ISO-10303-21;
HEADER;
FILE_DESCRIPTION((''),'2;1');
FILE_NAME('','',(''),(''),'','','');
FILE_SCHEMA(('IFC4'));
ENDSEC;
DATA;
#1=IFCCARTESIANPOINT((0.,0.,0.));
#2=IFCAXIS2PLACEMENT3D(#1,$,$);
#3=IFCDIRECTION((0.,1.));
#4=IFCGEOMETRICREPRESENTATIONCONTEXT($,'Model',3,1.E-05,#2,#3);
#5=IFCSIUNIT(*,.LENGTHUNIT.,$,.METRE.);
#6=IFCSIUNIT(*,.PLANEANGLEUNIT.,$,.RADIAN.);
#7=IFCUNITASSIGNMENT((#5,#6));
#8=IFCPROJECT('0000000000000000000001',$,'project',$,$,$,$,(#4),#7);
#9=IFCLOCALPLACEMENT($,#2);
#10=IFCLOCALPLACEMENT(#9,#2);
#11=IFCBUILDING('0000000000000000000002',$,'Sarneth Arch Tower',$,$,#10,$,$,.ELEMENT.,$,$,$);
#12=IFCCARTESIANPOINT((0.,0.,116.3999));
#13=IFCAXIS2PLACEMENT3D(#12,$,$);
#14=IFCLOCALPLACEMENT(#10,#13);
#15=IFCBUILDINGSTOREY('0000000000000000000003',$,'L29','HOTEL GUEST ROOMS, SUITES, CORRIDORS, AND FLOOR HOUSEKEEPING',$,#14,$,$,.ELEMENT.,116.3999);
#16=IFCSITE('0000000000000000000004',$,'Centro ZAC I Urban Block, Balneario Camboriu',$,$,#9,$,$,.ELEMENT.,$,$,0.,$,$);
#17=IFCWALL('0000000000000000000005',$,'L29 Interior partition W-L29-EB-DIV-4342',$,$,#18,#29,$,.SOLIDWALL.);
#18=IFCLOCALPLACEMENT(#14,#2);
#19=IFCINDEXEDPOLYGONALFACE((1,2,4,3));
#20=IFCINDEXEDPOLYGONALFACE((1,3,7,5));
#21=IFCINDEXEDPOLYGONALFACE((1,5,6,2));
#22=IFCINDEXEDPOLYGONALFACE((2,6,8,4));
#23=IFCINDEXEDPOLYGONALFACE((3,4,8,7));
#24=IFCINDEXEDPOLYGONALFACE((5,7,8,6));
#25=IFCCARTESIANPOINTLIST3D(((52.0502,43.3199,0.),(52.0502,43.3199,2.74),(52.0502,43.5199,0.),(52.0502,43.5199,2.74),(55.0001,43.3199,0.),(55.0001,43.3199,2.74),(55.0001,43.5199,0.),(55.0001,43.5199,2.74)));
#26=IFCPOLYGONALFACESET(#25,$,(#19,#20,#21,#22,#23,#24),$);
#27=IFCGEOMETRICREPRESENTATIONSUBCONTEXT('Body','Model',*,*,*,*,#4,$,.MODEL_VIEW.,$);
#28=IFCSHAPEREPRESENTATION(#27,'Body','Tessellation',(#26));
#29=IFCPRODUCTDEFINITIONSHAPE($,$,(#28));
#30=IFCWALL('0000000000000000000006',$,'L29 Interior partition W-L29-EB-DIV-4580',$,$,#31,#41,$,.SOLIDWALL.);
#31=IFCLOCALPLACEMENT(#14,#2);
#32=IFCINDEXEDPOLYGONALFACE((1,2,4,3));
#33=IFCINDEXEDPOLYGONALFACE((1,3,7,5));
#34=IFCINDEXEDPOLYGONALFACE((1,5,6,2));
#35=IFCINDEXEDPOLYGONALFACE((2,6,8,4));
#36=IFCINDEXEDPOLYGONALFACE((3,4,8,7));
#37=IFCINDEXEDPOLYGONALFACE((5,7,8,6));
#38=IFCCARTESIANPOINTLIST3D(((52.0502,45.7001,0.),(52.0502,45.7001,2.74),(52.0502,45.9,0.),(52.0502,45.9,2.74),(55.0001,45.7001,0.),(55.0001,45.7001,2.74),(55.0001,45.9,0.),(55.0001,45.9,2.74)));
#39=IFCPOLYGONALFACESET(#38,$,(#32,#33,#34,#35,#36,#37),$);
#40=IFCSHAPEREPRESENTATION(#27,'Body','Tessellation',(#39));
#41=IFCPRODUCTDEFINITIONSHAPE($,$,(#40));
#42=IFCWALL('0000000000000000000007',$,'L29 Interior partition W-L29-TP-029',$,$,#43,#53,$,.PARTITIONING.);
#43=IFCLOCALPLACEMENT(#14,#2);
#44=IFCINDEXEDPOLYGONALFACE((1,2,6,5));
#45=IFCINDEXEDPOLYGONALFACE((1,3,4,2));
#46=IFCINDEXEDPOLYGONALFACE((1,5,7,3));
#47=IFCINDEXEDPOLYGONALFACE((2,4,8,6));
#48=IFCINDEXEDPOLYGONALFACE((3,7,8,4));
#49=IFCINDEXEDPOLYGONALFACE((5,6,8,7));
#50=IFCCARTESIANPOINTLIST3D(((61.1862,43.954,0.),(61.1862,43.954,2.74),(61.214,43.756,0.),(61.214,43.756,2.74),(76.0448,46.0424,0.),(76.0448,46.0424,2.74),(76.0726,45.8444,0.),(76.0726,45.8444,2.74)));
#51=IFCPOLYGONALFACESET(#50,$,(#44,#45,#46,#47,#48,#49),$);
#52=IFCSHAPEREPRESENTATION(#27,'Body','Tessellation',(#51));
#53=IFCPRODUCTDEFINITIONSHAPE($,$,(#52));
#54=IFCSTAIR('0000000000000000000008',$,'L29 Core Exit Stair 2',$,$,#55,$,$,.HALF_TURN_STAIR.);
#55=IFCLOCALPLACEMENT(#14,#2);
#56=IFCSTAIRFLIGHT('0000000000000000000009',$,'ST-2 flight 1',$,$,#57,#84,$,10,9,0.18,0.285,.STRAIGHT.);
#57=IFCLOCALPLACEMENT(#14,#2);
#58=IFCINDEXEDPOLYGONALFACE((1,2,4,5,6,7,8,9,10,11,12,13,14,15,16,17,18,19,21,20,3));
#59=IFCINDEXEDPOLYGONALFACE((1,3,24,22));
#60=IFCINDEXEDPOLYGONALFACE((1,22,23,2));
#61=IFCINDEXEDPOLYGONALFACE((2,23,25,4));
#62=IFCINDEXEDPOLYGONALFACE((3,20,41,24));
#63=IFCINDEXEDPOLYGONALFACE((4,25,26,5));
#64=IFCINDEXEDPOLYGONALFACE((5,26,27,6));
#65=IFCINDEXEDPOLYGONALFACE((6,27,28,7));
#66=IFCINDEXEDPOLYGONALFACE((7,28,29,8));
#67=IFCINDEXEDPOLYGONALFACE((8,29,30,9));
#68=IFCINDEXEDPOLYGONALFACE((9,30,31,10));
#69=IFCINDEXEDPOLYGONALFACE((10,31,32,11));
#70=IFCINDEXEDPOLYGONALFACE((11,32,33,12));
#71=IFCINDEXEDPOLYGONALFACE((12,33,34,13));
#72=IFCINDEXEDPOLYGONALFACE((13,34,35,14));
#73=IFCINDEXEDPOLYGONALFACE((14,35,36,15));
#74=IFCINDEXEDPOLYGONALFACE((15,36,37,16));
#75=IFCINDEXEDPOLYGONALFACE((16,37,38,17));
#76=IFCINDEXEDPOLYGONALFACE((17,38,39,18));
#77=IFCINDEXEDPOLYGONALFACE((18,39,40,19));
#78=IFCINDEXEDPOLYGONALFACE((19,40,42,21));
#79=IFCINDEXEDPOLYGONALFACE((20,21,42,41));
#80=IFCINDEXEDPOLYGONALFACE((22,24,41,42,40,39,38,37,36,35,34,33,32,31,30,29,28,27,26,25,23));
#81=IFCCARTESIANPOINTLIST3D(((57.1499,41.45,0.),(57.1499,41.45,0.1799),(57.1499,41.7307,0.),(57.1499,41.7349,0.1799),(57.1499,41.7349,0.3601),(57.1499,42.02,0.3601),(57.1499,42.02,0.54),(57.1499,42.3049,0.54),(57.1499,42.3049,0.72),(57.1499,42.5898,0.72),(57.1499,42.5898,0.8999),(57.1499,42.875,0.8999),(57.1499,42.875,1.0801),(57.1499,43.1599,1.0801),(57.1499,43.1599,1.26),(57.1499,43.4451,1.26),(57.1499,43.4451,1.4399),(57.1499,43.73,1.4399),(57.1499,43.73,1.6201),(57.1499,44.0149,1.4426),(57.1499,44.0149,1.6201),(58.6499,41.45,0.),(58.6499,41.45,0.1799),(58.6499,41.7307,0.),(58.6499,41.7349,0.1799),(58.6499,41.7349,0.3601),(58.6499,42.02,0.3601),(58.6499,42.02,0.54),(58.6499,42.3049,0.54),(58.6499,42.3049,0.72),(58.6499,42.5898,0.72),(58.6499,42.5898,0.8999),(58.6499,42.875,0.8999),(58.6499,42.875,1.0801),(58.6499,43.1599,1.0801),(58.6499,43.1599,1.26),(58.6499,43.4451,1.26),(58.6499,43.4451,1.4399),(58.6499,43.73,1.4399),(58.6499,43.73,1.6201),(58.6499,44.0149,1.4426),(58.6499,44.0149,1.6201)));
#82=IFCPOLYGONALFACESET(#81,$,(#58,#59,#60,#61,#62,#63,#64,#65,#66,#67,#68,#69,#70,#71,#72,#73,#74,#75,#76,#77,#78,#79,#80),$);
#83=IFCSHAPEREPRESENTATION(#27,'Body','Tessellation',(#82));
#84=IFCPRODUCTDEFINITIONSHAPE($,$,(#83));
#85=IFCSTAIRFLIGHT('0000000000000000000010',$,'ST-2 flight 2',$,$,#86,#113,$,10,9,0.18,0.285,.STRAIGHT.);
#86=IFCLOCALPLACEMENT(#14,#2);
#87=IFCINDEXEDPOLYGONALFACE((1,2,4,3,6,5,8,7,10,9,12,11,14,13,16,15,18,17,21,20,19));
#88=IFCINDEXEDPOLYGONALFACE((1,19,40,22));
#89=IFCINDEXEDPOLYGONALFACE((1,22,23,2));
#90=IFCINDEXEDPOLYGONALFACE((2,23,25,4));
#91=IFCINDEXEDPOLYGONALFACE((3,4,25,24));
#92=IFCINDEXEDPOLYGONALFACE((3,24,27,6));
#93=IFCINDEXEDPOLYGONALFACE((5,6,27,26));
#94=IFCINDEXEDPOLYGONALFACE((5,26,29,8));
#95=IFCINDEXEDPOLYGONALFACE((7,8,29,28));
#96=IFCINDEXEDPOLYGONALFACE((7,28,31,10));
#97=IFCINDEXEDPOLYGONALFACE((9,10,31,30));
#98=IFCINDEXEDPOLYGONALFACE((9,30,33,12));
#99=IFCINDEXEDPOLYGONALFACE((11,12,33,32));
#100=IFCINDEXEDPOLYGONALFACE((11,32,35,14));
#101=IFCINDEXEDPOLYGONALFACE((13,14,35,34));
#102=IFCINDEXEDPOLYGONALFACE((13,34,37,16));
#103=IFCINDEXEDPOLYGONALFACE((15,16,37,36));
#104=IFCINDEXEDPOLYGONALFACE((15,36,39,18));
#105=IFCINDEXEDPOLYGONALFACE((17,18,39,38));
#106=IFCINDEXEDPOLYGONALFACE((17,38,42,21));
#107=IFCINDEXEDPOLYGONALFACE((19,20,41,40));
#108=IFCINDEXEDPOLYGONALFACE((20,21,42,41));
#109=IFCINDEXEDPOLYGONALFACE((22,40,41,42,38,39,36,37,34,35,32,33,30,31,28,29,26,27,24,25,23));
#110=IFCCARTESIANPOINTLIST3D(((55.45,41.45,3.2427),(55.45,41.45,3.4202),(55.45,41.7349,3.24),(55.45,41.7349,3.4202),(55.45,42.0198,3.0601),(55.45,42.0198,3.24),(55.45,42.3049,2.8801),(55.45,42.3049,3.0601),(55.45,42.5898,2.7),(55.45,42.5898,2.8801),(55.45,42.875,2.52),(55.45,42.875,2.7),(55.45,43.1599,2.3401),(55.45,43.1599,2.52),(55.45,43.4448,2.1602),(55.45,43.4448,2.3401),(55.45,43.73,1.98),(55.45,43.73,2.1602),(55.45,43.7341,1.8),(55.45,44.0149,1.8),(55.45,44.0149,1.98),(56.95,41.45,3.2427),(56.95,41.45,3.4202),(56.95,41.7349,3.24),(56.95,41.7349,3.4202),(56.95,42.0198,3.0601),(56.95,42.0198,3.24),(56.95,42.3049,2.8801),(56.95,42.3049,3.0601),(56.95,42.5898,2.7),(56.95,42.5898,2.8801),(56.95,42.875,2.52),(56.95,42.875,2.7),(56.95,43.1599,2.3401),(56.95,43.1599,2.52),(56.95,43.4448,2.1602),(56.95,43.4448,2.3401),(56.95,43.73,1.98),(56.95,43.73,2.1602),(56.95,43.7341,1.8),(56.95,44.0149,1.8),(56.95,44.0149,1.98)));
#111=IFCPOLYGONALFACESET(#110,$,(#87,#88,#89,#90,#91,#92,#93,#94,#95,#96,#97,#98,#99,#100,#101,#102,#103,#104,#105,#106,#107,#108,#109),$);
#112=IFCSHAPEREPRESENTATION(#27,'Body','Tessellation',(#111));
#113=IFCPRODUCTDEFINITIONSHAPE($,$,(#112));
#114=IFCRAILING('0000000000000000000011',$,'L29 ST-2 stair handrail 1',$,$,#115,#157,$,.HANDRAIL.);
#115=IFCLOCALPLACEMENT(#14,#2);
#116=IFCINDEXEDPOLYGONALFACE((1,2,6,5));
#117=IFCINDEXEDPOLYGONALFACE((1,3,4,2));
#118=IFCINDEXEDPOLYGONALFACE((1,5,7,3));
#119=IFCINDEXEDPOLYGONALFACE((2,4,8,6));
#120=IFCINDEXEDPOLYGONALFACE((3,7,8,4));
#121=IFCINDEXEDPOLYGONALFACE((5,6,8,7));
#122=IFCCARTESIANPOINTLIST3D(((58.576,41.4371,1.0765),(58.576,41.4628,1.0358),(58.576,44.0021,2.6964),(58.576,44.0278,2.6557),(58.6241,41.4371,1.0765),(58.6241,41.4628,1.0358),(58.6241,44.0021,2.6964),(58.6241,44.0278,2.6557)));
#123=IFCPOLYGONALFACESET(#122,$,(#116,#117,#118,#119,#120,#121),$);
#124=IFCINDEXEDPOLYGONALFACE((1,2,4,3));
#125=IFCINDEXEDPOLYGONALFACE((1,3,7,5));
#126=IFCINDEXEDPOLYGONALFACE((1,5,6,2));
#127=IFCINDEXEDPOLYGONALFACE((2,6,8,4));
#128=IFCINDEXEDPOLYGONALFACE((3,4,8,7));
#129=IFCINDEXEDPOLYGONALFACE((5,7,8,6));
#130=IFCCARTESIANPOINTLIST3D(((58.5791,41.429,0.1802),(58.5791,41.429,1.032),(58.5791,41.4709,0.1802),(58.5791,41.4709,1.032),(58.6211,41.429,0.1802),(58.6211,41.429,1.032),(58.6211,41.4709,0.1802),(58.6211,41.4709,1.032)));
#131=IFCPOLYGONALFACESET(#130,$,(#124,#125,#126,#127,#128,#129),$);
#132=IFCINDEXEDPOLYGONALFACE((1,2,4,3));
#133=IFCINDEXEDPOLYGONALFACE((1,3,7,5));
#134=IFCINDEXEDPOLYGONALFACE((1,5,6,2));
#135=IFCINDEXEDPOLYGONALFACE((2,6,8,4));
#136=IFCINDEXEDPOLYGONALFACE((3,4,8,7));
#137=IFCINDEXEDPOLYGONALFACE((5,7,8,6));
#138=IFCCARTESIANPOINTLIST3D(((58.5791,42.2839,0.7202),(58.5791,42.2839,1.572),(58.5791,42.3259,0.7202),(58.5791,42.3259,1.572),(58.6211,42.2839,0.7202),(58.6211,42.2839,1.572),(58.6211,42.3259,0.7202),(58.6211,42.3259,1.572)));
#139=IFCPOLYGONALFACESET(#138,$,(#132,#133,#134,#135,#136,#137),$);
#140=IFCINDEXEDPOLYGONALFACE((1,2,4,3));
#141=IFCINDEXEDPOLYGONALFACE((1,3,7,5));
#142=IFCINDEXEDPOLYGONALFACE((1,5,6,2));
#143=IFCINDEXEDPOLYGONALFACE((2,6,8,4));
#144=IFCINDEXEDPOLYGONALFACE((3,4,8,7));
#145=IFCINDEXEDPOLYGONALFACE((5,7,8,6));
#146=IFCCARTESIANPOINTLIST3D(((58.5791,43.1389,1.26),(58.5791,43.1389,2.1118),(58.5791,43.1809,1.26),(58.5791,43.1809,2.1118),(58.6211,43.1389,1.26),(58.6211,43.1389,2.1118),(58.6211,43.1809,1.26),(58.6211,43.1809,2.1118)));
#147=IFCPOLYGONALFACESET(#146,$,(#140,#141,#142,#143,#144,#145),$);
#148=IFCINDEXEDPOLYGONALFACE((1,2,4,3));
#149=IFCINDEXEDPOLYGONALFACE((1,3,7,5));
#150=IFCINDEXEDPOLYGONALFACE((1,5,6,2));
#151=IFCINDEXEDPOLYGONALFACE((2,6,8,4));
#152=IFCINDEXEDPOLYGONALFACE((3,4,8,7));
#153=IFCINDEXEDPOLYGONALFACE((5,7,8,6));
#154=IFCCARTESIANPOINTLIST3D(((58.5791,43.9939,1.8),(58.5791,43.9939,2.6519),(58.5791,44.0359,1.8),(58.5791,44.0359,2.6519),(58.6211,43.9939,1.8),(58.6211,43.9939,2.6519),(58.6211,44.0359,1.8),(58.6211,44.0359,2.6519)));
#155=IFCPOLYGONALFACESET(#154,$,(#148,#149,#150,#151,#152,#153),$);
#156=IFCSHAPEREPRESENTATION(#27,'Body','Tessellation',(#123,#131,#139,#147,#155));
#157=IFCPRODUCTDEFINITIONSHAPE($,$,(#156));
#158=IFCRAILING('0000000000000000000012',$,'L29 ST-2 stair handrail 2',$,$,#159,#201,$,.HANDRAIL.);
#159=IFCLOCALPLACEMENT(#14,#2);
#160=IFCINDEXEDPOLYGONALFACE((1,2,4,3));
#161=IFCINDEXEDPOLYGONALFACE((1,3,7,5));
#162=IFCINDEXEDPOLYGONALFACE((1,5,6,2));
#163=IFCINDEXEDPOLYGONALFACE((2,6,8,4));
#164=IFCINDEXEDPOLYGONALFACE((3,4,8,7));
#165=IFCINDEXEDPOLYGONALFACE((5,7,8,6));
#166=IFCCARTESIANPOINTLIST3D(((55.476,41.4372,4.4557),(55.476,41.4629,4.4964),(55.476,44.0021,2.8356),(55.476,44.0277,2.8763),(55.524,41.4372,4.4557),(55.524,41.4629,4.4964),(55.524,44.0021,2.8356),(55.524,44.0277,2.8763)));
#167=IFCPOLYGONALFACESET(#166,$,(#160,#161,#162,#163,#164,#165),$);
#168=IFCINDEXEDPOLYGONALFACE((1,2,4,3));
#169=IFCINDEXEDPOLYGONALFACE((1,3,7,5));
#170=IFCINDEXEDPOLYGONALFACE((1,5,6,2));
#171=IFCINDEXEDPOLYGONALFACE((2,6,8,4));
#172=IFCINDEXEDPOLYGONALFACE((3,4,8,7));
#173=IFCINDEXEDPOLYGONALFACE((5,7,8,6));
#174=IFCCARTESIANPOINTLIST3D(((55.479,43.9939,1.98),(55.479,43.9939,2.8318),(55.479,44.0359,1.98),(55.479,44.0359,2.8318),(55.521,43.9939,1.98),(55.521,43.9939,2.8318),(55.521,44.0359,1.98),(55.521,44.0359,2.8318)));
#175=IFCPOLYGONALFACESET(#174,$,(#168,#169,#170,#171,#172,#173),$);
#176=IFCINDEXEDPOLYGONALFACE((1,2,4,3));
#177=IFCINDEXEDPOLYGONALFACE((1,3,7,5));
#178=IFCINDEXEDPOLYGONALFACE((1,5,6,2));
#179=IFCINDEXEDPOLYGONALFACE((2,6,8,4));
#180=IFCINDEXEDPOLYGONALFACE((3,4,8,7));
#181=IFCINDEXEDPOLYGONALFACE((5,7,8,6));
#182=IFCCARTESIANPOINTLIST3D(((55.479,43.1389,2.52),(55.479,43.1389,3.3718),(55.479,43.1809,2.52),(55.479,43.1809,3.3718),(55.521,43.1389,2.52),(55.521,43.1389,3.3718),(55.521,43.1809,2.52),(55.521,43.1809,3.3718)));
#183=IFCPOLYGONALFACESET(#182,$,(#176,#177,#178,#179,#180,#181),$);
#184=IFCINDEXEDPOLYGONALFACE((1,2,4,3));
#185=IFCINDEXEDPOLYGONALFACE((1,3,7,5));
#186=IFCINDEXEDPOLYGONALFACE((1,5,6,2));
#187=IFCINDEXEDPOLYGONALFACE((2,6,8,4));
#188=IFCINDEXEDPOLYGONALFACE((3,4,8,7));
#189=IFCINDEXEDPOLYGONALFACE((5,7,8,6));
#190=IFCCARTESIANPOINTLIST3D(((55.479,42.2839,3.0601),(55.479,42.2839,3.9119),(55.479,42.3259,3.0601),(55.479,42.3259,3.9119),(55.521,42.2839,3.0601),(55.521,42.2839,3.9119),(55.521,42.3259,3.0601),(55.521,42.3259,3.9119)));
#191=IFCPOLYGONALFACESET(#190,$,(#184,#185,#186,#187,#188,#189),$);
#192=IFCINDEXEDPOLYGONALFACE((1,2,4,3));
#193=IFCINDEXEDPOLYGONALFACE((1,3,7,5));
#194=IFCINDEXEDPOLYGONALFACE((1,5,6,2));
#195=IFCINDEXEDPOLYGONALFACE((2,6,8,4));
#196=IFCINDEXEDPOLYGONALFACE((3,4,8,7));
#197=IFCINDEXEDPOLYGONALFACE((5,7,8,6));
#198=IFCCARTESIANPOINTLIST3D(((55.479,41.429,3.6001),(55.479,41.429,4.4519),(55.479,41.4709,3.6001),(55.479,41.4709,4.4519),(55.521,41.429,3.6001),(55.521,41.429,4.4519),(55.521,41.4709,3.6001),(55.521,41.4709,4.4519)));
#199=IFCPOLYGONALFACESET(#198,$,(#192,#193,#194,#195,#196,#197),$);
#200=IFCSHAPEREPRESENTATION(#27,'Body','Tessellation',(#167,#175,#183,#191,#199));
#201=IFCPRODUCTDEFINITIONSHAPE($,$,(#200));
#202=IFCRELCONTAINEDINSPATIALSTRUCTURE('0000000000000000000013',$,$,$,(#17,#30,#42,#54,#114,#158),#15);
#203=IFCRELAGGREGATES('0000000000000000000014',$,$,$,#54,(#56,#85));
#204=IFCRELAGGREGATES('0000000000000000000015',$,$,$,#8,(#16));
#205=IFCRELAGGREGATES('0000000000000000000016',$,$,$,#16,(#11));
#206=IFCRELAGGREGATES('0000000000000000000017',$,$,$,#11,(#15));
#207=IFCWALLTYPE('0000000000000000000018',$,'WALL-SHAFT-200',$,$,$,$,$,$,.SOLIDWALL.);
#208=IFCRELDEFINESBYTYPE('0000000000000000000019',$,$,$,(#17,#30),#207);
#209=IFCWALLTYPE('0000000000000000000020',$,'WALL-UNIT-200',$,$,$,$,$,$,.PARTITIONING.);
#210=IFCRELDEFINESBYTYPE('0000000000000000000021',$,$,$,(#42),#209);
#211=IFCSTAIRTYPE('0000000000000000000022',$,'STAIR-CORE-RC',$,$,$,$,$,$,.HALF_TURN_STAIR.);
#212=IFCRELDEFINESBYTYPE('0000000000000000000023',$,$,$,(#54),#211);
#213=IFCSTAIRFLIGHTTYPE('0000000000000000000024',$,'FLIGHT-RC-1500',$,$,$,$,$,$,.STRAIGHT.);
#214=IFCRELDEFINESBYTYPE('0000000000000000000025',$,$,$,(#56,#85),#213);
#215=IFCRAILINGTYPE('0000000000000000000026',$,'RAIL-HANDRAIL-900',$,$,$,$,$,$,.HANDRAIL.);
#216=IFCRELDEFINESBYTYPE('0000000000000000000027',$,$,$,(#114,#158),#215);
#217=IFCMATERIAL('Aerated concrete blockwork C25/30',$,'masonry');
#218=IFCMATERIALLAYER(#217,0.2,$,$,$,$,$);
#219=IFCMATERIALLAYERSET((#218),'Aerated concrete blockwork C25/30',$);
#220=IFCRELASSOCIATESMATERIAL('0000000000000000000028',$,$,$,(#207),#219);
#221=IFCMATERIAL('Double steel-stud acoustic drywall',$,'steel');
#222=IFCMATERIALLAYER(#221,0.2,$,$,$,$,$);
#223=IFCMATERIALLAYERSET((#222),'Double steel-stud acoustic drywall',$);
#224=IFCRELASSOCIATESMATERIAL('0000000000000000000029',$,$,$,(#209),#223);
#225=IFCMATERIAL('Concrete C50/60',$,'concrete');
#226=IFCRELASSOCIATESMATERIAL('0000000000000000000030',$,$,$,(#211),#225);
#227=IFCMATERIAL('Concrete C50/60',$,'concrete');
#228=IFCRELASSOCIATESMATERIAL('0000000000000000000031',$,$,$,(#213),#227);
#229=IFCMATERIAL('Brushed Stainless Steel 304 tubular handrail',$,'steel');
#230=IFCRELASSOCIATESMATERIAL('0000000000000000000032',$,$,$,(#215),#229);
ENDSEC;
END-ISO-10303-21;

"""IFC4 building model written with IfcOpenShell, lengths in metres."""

from ifc_helpers import new_model, si_unit, direction, frame, frame_2d, origin, origin_2d, place, context, subcontext, project, spatial, polyline, rectangle, outline, extrude, material, layer, layer_set, type_object, element, aggregate, save


model = new_model("IFC4")

# Units and contexts
model_context = context("Model", 3, precision=1e-05, world=origin(), true_north=direction((0.0, 1.0)))
body_context = subcontext(model_context, "Body", "Model", "MODEL_VIEW")
ifc_project = project(units=[si_unit("LENGTHUNIT", "METRE"), si_unit("PLANEANGLEUNIT", "RADIAN")], contexts=[model_context])

# Site, building, storey
site_placement = place(None, origin())
site = spatial("IfcSite", under=ifc_project, at=site_placement, Name="Centro ZAC I Urban Block, Balneario Camboriu", CompositionType="ELEMENT", RefElevation=0.0)
building_placement = place(site_placement, origin())
building = spatial("IfcBuilding", under=site, at=building_placement, Name="Sarneth Arch Tower", CompositionType="ELEMENT")
storey_placement = place(building_placement, frame((0.0, 0.0, 116.3999)))
storey = spatial("IfcBuildingStorey", under=building, at=storey_placement, Name="L29", Description="HOTEL GUEST ROOMS, SUITES, CORRIDORS, AND FLOOR HOUSEKEEPING", CompositionType="ELEMENT", Elevation=116.3999)

# Walls
ifc_material_1 = material(Name="Aerated concrete blockwork C25/30", Category="masonry")
ifc_layer_1 = layer(ifc_material_1, 0.2)
ifc_layer_set_1 = layer_set([ifc_layer_1], Name="Aerated concrete blockwork C25/30")
wall_type_1 = type_object("IfcWallType", Name="WALL-SHAFT-200", PredefinedType="SOLIDWALL", material=ifc_layer_set_1)
for number, where, z_axis, x_axis, name in (
    (1, (52.05, 43.4199, 0.0), (0.0, 0.0, 1.0), (1.0, 0.0, 0.0), "L29 Interior partition W-L29-EB-DIV-4342"),
    (2, (52.05, 45.8, 0.0), (0.0, 0.0, 1.0), (1.0, 0.0, 0.0), "L29 Interior partition W-L29-EB-DIV-4580"),
):
    element("IfcWall", number, at=place(storey_placement, frame(where, z_axis=z_axis, x_axis=x_axis)), inside=storey, type_object=wall_type_1, Name=name, PredefinedType="SOLIDWALL", context=body_context, shape_type="SweptSolid", body=[
        extrude(rectangle(XDim=2.95, YDim=0.2, at=frame_2d((1.4751, 0.0))), origin(), (0.0, 0.0, 1.0), 2.74),
    ])
ifc_material_2 = material(Name="Double steel-stud acoustic drywall", Category="steel")
ifc_layer_2 = layer(ifc_material_2, 0.2)
ifc_layer_set_2 = layer_set([ifc_layer_2], Name="Double steel-stud acoustic drywall")
wall_type_2 = type_object("IfcWallType", Name="WALL-UNIT-200", PredefinedType="PARTITIONING", material=ifc_layer_set_2)
wall_1_placement = place(storey_placement, frame((61.2, 43.855, 0.0), z_axis=(0.0, 0.0, 1.0), x_axis=(0.990267, 0.139182, 0.0)))
element("IfcWall", 3, at=wall_1_placement, inside=storey, type_object=wall_type_2, Name="L29 Interior partition W-L29-TP-029", PredefinedType="PARTITIONING", context=body_context, shape_type="SweptSolid", body=[
    extrude(rectangle(XDim=15.0046, YDim=0.2, at=frame_2d((7.5024, 0.0))), origin(), (0.0, 0.0, 1.0), 2.74),
])

# Stair, stair flights
ifc_material_3 = material(Name="Concrete C50/60", Category="concrete")
stair_type = type_object("IfcStairType", Name="STAIR-CORE-RC", PredefinedType="HALF_TURN_STAIR", material=ifc_material_3)
stair_placement = place(storey_placement, origin())
stair = element("IfcStair", 4, at=stair_placement, inside=storey, type_object=stair_type, Name="L29 Core Exit Stair 2", PredefinedType="HALF_TURN_STAIR")
ifc_material_4 = material(Name="Concrete C50/60", Category="concrete")
stair_flight_type = type_object("IfcStairFlightType", Name="FLIGHT-RC-1500", PredefinedType="STRAIGHT", material=ifc_material_4)
stair_flight_1_placement = place(storey_placement, frame((57.8999, 41.45, 0.0), z_axis=(0.0, 0.0, 1.0), x_axis=(0.0, 1.0, 0.0)))
stair_flight_1 = element("IfcStairFlight", 5, at=stair_flight_1_placement, type_object=stair_flight_type, Name="ST-2 flight 1", NumberOfRisers=10, NumberOfTreads=9, PredefinedType="STRAIGHT", RiserHeight=0.18, TreadLength=0.285, context=body_context, shape_type="SweptSolid", body=[
    extrude(outline(polyline([(0.0, 0.0), (0.0, 0.1799), (0.2849, 0.1799), (0.2849, 0.3601), (0.5701, 0.3601), (0.5701, 0.54), (0.855, 0.54), (0.855, 0.72), (1.1399, 0.72), (1.1399, 0.8999), (1.425, 0.8999), (1.425, 1.0801), (1.71, 1.0801), (1.71, 1.26), (1.9951, 1.26), (1.9951, 1.4399), (2.28, 1.4399), (2.28, 1.6201), (2.5649, 1.6201), (2.5649, 1.8), (2.5649, 1.4426), (0.2808, 0.0), (0.0, 0.0)])), frame((0.0, 0.75, 0.0), z_axis=(0.0, -1.0, 0.0), x_axis=(1.0, 0.0, 0.0)), (0.0, 0.0, 1.0), 1.5),
])
stair_flight_2_placement = place(storey_placement, frame((56.2, 44.0149, 1.8), z_axis=(0.0, 0.0, 1.0), x_axis=(0.0, -1.0, 0.0)))
stair_flight_2 = element("IfcStairFlight", 6, at=stair_flight_2_placement, type_object=stair_flight_type, Name="ST-2 flight 2", NumberOfRisers=10, NumberOfTreads=9, PredefinedType="STRAIGHT", RiserHeight=0.18, TreadLength=0.285, context=body_context, shape_type="SweptSolid", body=[
    extrude(outline(polyline([(0.0, 0.0), (0.0, 0.1799), (0.2849, 0.1799), (0.2849, 0.3601), (0.5701, 0.3601), (0.5701, 0.54), (0.855, 0.54), (0.855, 0.72), (1.1399, 0.72), (1.1399, 0.8999), (1.425, 0.8999), (1.425, 1.0801), (1.71, 1.0801), (1.71, 1.26), (1.9951, 1.26), (1.9951, 1.4399), (2.28, 1.4399), (2.28, 1.6201), (2.5649, 1.6201), (2.5649, 1.8), (2.5649, 1.4426), (0.2808, 0.0), (0.0, 0.0)])), frame((0.0, 0.75, 0.0), z_axis=(0.0, -1.0, 0.0), x_axis=(1.0, 0.0, 0.0)), (0.0, 0.0, 1.0), 1.5),
])
aggregate(stair, [stair_flight_1, stair_flight_2])

# Railings
ifc_material_5 = material(Name="Brushed Stainless Steel 304 tubular handrail", Category="steel")
railing_type_1 = type_object("IfcRailingType", Name="RAIL-HANDRAIL-900", PredefinedType="HANDRAIL", material=ifc_material_5)
railing_1_placement = place(storey_placement, frame((58.6001, 41.45, 0.1802)))
element("IfcRailing", 7, at=railing_1_placement, inside=storey, type_object=railing_type_1, Name="L29 ST-2 stair handrail 1", PredefinedType="HANDRAIL", context=body_context, shape_type="SweptSolid", body=[
    extrude(rectangle(XDim=0.0481, YDim=0.0481, at=origin_2d()), frame((0.0, 0.0, 0.876), z_axis=(0.0, 0.845502, 0.533972), x_axis=(-1.0, 0.0, 0.0)), (0.0, 0.0, 1.0), 3.0337),
    extrude(rectangle(XDim=0.042, YDim=0.042, at=origin_2d()), origin(), (0.0, 0.0, 1.0), 0.8518),
    extrude(rectangle(XDim=0.042, YDim=0.042, at=origin_2d()), frame((0.0, 0.855, 0.54)), (0.0, 0.0, 1.0), 0.8518),
    extrude(rectangle(XDim=0.042, YDim=0.042, at=origin_2d()), frame((0.0, 1.71, 1.0798)), (0.0, 0.0, 1.0), 0.8518),
    extrude(rectangle(XDim=0.042, YDim=0.042, at=origin_2d()), frame((0.0, 2.5649, 1.6199)), (0.0, 0.0, 1.0), 0.8518),
])
railing_2_placement = place(storey_placement, frame((55.5, 44.0149, 1.98)))
element("IfcRailing", 8, at=railing_2_placement, inside=storey, type_object=railing_type_1, Name="L29 ST-2 stair handrail 2", PredefinedType="HANDRAIL", context=body_context, shape_type="SweptSolid", body=[
    extrude(rectangle(XDim=0.0481, YDim=0.0481, at=origin_2d()), frame((0.0, 0.0, 0.876), z_axis=(0.0, -0.845466, 0.534029), x_axis=(1.0, 0.0, 0.0)), (0.0, 0.0, 1.0), 3.0337),
    extrude(rectangle(XDim=0.042, YDim=0.042, at=origin_2d()), origin(), (0.0, 0.0, 1.0), 0.8518),
    extrude(rectangle(XDim=0.042, YDim=0.042, at=origin_2d()), frame((0.0, -0.855, 0.54)), (0.0, 0.0, 1.0), 0.8518),
    extrude(rectangle(XDim=0.042, YDim=0.042, at=origin_2d()), frame((0.0, -1.71, 1.0801)), (0.0, 0.0, 1.0), 0.8518),
    extrude(rectangle(XDim=0.042, YDim=0.042, at=origin_2d()), frame((0.0, -2.5649, 1.6201)), (0.0, 0.0, 1.0), 0.8518),
])

save(model, "model.ifc")
